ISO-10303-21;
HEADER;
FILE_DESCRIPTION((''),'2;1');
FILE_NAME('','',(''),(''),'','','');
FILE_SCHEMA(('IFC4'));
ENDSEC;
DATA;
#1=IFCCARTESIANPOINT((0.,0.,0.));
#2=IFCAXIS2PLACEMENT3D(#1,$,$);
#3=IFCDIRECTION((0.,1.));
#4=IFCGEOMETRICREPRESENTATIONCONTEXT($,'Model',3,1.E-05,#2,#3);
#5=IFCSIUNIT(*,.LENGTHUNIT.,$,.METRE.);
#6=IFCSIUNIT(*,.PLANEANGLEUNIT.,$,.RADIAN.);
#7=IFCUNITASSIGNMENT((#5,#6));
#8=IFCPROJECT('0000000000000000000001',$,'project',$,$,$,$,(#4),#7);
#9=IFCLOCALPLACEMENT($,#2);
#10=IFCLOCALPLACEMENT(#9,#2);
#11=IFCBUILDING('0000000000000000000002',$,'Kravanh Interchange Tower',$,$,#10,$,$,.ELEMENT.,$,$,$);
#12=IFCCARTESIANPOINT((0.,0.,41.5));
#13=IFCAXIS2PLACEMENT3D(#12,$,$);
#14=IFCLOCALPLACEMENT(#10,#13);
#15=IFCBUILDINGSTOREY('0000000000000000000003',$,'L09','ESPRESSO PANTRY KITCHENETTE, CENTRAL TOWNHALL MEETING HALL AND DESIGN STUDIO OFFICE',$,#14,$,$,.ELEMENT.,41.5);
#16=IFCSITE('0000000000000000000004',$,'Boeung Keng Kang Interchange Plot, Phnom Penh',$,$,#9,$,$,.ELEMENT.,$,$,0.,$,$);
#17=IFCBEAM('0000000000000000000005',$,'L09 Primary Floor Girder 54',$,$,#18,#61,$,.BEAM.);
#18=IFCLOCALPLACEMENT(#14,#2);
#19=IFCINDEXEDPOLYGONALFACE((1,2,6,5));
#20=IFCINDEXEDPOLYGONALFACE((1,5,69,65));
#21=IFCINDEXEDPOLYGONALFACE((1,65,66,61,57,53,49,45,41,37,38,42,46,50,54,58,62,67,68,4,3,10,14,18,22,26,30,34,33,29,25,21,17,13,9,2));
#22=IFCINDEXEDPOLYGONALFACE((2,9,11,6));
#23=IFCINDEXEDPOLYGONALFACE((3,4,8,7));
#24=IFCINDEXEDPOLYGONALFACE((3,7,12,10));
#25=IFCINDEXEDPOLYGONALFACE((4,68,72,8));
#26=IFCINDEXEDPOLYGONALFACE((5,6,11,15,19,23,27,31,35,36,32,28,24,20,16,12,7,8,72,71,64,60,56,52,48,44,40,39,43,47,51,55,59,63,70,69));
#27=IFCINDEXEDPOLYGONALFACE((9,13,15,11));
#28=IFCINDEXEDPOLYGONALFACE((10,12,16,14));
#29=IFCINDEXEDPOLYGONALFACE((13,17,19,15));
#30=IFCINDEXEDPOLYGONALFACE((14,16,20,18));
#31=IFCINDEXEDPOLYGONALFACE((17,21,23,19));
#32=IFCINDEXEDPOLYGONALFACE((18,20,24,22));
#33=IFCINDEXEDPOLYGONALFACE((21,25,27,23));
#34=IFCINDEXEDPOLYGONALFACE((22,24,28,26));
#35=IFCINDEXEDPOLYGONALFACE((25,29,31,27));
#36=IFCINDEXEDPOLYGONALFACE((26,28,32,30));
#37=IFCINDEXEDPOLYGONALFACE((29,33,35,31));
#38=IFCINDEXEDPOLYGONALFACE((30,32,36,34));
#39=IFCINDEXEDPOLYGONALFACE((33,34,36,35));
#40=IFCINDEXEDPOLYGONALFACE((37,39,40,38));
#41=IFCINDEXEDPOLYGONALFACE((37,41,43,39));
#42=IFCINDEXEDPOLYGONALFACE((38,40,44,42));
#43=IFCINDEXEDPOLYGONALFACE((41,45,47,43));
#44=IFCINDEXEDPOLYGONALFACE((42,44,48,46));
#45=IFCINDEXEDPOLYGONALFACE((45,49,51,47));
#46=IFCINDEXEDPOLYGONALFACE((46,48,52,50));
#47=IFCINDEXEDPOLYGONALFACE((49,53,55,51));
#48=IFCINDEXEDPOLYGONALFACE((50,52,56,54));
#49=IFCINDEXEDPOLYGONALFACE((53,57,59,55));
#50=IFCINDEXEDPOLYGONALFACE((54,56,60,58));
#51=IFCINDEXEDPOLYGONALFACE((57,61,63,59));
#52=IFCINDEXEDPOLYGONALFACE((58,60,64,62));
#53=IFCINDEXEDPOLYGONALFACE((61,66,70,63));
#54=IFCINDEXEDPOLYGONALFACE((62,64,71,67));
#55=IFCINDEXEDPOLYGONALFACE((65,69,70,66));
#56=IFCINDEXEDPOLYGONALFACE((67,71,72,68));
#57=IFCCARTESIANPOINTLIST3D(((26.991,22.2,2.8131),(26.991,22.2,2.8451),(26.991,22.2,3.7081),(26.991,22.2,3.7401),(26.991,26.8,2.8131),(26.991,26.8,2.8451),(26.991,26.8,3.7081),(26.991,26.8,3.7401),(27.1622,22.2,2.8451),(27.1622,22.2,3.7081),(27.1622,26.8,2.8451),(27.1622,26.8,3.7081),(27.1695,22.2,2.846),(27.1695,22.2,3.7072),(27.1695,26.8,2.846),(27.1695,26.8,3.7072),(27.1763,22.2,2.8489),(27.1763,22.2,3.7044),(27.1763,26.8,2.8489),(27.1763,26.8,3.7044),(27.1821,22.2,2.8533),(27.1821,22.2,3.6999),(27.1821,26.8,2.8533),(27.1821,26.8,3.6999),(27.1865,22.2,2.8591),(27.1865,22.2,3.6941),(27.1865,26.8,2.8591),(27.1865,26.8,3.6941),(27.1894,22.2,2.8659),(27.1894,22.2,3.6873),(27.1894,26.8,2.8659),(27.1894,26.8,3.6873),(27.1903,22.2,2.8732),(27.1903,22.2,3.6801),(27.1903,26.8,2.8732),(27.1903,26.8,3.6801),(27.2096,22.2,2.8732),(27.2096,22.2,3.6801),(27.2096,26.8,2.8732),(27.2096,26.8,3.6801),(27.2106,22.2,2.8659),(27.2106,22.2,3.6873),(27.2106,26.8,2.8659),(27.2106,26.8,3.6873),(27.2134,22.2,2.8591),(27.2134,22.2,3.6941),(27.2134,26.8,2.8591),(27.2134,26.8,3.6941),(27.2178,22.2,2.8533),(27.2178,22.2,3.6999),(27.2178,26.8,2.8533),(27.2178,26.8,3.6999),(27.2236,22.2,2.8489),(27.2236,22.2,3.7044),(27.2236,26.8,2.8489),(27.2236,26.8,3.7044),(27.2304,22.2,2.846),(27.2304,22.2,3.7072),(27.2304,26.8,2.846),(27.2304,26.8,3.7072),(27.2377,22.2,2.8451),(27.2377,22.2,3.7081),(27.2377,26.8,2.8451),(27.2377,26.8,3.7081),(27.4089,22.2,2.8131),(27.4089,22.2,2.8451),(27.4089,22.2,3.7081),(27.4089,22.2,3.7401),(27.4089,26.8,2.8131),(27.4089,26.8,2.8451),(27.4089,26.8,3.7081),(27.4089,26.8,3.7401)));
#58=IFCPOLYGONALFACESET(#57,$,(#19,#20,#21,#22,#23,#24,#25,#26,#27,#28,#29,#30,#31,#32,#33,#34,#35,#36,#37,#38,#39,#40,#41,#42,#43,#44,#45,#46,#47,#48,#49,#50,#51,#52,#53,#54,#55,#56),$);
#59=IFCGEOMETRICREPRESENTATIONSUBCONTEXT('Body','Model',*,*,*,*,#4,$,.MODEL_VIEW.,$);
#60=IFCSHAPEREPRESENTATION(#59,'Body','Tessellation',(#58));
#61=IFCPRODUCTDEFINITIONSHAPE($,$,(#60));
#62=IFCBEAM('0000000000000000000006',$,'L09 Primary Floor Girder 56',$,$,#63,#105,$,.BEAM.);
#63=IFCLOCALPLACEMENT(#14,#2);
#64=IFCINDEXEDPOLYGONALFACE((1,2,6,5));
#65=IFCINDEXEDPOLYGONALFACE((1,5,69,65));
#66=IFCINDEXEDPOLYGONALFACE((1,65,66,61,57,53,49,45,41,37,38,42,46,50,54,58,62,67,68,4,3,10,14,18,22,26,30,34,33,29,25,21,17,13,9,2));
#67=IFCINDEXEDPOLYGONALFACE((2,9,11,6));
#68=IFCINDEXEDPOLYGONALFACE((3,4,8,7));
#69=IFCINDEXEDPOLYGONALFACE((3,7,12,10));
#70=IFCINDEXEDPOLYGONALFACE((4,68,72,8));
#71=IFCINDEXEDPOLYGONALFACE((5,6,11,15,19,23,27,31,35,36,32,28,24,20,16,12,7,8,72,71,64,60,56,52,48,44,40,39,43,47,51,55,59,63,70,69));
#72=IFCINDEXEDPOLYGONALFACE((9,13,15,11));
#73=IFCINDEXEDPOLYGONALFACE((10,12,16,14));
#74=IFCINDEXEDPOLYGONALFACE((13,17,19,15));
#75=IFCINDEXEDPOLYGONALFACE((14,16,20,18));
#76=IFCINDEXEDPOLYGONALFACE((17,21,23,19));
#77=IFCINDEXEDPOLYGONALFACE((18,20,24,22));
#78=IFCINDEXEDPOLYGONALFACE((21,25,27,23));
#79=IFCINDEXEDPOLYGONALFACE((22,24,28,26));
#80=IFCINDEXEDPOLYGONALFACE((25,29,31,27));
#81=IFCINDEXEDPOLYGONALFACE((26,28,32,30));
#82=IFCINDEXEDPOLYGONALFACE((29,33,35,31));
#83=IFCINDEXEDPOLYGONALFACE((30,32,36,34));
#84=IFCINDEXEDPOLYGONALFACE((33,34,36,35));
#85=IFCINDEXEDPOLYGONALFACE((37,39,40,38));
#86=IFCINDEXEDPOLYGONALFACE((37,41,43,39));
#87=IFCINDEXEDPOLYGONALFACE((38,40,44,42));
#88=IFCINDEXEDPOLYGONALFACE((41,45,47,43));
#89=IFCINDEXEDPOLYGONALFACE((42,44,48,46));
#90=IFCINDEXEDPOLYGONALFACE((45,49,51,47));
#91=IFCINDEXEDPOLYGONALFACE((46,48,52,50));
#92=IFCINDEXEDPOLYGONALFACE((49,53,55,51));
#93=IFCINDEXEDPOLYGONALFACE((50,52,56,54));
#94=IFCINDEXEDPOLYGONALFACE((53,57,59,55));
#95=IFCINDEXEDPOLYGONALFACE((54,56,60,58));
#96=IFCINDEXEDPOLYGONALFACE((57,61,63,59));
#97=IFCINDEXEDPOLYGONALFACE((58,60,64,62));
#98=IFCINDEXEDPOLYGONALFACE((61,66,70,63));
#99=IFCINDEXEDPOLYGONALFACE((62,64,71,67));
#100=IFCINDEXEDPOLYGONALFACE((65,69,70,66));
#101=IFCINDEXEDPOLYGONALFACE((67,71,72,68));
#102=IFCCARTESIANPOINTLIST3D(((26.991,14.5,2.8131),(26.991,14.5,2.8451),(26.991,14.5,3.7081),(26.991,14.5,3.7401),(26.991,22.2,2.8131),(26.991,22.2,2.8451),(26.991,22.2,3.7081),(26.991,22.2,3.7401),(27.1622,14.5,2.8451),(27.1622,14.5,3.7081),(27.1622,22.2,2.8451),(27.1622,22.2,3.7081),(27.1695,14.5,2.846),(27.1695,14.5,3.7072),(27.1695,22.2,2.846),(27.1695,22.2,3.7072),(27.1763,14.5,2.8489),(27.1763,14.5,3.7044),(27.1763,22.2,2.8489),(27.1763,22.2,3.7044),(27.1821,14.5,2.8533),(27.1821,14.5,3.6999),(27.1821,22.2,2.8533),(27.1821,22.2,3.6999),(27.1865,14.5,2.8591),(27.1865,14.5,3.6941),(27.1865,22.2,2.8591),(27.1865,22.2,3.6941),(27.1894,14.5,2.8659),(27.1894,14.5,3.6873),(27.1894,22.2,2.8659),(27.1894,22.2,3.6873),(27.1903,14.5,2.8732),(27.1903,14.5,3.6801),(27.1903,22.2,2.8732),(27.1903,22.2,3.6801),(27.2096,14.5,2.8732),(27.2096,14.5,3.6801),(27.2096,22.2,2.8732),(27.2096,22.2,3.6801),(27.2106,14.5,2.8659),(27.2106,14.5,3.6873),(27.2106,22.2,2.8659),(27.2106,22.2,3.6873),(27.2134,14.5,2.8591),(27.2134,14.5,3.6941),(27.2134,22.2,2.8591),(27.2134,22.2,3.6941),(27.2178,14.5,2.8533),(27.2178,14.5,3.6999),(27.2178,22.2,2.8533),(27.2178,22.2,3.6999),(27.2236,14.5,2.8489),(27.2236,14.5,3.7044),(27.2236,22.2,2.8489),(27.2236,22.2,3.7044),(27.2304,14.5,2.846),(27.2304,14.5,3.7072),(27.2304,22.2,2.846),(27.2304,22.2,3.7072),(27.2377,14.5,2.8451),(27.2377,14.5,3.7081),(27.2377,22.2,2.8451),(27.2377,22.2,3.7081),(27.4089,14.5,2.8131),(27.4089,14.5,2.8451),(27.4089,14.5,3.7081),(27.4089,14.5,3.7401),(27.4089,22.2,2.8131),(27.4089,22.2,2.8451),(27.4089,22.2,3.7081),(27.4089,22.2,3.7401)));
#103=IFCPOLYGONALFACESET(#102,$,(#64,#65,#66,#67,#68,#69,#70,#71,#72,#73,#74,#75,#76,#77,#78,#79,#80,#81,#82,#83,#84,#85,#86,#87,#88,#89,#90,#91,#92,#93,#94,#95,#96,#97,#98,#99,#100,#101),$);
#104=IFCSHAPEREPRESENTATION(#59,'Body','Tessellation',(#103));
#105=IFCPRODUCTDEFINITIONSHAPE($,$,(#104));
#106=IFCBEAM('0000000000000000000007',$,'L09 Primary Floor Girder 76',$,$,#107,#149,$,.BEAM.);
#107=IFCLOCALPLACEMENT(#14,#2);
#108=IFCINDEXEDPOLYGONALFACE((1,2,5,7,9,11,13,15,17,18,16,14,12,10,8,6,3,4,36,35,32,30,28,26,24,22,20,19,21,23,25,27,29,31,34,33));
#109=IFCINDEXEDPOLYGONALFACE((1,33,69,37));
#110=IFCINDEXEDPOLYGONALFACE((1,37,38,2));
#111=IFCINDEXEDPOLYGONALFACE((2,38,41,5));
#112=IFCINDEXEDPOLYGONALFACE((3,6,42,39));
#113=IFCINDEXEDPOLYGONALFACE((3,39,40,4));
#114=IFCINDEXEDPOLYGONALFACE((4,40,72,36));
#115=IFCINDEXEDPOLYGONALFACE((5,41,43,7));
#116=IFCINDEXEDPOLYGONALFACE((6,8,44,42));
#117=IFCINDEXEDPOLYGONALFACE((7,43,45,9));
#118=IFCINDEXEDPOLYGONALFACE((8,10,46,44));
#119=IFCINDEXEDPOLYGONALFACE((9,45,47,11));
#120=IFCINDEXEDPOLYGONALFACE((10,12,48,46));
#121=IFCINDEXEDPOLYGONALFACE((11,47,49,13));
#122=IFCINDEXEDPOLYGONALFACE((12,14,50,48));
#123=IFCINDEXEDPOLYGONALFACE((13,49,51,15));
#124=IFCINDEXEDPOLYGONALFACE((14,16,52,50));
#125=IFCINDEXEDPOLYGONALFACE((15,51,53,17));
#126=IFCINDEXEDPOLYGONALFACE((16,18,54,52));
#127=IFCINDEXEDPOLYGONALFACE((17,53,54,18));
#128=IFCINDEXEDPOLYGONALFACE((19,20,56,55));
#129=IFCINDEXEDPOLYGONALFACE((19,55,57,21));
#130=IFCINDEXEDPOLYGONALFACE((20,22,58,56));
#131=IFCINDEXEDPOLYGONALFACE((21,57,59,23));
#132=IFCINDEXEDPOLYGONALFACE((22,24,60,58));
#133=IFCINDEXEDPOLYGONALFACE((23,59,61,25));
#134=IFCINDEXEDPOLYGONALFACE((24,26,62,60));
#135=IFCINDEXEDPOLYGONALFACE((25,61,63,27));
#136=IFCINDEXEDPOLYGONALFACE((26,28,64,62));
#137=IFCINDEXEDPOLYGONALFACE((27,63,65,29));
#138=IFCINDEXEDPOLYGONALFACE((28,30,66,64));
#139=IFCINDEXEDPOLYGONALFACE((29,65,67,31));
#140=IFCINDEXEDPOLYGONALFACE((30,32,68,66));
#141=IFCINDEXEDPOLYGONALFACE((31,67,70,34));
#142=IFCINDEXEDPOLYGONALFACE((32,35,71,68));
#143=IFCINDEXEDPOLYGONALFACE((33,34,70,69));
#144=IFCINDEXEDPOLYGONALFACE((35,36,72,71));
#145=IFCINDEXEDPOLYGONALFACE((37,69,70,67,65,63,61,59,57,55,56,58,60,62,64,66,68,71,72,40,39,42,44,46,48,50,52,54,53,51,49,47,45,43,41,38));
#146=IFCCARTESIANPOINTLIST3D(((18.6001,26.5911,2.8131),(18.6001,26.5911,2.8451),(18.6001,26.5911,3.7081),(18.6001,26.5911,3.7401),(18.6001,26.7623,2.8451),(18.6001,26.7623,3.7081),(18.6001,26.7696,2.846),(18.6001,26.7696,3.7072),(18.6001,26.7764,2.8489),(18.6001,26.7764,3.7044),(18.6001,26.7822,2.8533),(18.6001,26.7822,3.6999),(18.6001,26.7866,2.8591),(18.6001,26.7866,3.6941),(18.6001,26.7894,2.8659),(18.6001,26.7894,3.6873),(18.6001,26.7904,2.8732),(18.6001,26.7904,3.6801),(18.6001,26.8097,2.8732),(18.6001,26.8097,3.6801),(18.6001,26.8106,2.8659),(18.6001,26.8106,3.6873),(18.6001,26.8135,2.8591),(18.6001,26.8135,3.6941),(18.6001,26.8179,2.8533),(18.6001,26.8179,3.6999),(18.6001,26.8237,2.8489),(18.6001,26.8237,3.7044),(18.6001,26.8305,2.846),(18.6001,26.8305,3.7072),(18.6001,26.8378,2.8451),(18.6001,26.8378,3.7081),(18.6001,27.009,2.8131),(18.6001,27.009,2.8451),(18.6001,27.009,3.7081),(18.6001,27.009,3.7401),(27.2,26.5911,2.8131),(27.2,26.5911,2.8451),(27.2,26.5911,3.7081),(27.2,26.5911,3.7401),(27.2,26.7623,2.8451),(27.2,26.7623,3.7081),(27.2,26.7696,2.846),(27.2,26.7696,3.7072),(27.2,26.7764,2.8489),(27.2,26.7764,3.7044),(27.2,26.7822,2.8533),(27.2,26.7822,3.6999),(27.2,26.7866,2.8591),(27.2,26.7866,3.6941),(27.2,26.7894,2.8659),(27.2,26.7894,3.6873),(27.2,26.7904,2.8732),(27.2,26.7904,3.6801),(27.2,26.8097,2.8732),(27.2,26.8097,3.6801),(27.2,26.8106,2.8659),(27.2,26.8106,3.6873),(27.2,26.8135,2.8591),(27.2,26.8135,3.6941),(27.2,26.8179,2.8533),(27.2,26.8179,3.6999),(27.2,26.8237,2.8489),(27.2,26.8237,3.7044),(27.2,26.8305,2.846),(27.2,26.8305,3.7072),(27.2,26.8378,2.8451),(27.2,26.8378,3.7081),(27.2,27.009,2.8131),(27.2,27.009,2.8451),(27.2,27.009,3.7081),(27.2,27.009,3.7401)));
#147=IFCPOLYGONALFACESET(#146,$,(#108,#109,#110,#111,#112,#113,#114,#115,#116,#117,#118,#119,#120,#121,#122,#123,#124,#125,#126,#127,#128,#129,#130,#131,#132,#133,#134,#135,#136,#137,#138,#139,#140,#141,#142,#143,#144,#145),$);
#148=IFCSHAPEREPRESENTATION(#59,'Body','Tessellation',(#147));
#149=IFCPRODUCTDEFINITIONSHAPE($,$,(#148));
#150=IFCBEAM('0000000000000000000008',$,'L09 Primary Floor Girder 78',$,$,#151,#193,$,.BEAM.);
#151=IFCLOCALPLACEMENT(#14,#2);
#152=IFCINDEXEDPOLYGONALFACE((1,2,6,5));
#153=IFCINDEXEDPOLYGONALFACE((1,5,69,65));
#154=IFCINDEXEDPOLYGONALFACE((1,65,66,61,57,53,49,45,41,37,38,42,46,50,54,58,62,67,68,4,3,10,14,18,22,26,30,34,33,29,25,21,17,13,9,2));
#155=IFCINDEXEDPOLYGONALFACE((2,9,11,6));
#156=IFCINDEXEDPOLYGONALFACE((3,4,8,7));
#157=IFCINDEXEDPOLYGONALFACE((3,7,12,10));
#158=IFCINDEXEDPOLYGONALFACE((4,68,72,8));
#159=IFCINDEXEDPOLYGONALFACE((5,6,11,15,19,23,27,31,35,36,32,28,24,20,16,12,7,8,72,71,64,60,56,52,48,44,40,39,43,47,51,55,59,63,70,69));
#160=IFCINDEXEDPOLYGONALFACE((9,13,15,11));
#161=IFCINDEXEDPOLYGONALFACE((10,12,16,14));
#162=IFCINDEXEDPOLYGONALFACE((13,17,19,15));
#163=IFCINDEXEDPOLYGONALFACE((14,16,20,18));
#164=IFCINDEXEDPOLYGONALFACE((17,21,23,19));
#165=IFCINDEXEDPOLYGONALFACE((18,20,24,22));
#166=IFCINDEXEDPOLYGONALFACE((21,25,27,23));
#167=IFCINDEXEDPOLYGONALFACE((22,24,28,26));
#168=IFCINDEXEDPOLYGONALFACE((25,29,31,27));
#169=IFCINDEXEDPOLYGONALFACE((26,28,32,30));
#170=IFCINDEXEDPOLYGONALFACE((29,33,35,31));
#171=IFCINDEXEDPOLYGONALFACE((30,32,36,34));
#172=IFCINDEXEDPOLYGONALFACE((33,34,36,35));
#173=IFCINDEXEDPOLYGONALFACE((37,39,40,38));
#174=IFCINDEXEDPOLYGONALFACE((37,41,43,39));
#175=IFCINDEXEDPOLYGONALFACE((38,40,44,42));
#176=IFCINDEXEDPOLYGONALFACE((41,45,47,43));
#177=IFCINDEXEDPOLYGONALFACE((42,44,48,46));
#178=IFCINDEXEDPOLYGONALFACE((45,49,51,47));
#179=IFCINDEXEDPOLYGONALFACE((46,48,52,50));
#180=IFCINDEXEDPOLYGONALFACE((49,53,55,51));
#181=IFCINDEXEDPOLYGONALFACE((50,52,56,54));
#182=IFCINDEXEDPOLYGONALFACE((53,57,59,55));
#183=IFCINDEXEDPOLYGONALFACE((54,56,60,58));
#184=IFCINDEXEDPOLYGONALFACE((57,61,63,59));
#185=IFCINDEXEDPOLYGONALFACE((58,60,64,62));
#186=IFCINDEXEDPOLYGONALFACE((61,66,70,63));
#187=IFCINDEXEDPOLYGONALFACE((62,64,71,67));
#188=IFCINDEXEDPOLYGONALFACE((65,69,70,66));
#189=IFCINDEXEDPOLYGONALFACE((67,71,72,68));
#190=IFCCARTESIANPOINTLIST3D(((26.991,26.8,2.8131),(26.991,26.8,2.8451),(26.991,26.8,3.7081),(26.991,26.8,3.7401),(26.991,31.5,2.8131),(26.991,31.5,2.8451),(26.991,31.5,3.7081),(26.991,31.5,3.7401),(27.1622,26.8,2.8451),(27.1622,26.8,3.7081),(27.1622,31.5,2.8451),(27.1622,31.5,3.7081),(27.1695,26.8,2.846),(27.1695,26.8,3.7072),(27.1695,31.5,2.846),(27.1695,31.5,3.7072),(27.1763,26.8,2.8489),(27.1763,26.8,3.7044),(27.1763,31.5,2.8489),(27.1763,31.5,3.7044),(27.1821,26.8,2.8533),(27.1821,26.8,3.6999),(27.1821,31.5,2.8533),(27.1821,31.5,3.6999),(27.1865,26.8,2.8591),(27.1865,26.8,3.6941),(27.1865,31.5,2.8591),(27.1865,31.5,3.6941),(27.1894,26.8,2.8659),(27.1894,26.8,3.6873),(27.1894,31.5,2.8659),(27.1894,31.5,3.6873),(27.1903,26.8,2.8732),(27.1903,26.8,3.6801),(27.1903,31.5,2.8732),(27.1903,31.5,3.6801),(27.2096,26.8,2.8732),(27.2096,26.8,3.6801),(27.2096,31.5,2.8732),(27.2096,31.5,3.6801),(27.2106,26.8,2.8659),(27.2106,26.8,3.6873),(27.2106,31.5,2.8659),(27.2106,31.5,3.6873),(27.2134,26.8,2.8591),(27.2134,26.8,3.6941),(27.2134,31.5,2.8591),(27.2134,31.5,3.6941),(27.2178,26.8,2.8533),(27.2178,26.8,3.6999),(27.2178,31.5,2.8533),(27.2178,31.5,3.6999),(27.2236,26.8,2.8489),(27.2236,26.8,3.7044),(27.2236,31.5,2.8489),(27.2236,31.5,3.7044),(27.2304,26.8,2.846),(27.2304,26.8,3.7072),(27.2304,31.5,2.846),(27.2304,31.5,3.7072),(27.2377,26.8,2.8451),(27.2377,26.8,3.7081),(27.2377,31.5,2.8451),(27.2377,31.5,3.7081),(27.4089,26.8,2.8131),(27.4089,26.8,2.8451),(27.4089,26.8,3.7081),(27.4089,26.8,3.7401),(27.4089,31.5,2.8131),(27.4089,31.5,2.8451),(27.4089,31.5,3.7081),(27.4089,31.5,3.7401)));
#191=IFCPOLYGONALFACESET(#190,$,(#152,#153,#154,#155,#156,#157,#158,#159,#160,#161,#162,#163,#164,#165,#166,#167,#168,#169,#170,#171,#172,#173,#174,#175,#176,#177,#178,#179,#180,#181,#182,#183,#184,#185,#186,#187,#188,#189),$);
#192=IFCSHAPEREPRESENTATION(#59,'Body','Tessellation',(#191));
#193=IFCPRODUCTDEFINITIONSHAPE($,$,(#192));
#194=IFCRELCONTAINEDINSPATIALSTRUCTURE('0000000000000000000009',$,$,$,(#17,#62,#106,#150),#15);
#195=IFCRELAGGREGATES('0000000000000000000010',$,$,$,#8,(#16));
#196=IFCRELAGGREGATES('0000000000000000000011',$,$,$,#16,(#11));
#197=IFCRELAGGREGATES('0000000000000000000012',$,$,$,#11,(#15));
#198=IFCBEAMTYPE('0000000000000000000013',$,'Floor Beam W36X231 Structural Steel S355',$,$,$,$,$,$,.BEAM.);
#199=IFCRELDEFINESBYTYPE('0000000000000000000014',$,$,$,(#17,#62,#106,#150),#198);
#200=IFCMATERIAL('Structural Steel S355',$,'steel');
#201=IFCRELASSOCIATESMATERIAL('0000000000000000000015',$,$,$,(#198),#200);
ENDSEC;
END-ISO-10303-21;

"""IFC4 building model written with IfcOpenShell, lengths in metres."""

from ifc_helpers import new_model, si_unit, direction, frame, origin, origin_2d, place, context, subcontext, project, spatial, i_section, extrude, material, material_profile, profile_set, type_object, element, save


model = new_model("IFC4")

# Units and contexts
model_context = context("Model", 3, precision=1e-05, world=origin(), true_north=direction((0.0, 1.0)))
body_context = subcontext(model_context, "Body", "Model", "MODEL_VIEW")
ifc_project = project(units=[si_unit("LENGTHUNIT", "METRE"), si_unit("PLANEANGLEUNIT", "RADIAN")], contexts=[model_context])

# Site, building, storey
site_placement = place(None, origin())
site = spatial("IfcSite", under=ifc_project, at=site_placement, Name="Boeung Keng Kang Interchange Plot, Phnom Penh", CompositionType="ELEMENT", RefElevation=0.0)
building_placement = place(site_placement, origin())
building = spatial("IfcBuilding", under=site, at=building_placement, Name="Kravanh Interchange Tower", CompositionType="ELEMENT")
storey_placement = place(building_placement, frame((0.0, 0.0, 41.5)))
storey = spatial("IfcBuildingStorey", under=building, at=storey_placement, Name="L09", Description="ESPRESSO PANTRY KITCHENETTE, CENTRAL TOWNHALL MEETING HALL AND DESIGN STUDIO OFFICE", CompositionType="ELEMENT", Elevation=41.5)

# Beams
ifc_material_1 = material(Name="Structural Steel S355", Category="steel")
ifc_material_profile_1 = material_profile(ifc_material_1, i_section(OverallWidth=0.418, OverallDepth=0.927, WebThickness=0.0193, FlangeThickness=0.032, FilletRadius=0.0281, at=origin_2d()), Name="W36X231")
ifc_profile_set_1 = profile_set([ifc_material_profile_1], Name="Structural Steel S355")
beam_type_1 = type_object("IfcBeamType", Name="Floor Beam W36X231 Structural Steel S355", PredefinedType="BEAM", material=ifc_profile_set_1)
beam_1_placement = place(storey_placement, frame((27.2, 22.2, 3.2766), z_axis=(0.0, 1.0, 0.0), x_axis=(-1.0, 0.0, 0.0)))
element("IfcBeam", 1, at=beam_1_placement, inside=storey, type_object=beam_type_1, Name="L09 Primary Floor Girder 54", PredefinedType="BEAM", context=body_context, shape_type="SweptSolid", body=[
    extrude(i_section(OverallWidth=0.418, OverallDepth=0.927, WebThickness=0.0193, FlangeThickness=0.032, FilletRadius=0.0281, at=origin_2d()), origin(), (0.0, 0.0, 1.0), 4.6001),
])
beam_2_placement = place(storey_placement, frame((27.2, 22.2, 3.2766), z_axis=(0.0, -1.0, 0.0), x_axis=(1.0, 0.0, 0.0)))
element("IfcBeam", 2, at=beam_2_placement, inside=storey, type_object=beam_type_1, Name="L09 Primary Floor Girder 56", PredefinedType="BEAM", context=body_context, shape_type="SweptSolid", body=[
    extrude(i_section(OverallWidth=0.418, OverallDepth=0.927, WebThickness=0.0193, FlangeThickness=0.032, FilletRadius=0.0281, at=origin_2d()), origin(), (0.0, 0.0, 1.0), 7.7),
])
beam_3_placement = place(storey_placement, frame((18.6001, 26.8, 3.2766), z_axis=(1.0, 0.0, 0.0), x_axis=(0.0, 1.0, 0.0)))
element("IfcBeam", 3, at=beam_3_placement, inside=storey, type_object=beam_type_1, Name="L09 Primary Floor Girder 76", PredefinedType="BEAM", context=body_context, shape_type="SweptSolid", body=[
    extrude(i_section(OverallWidth=0.418, OverallDepth=0.927, WebThickness=0.0193, FlangeThickness=0.032, FilletRadius=0.0281, at=origin_2d()), origin(), (0.0, 0.0, 1.0), 8.5999),
])
beam_4_placement = place(storey_placement, frame((27.2, 26.8, 3.2766), z_axis=(0.0, 1.0, 0.0), x_axis=(-1.0, 0.0, 0.0)))
element("IfcBeam", 4, at=beam_4_placement, inside=storey, type_object=beam_type_1, Name="L09 Primary Floor Girder 78", PredefinedType="BEAM", context=body_context, shape_type="SweptSolid", body=[
    extrude(i_section(OverallWidth=0.418, OverallDepth=0.927, WebThickness=0.0193, FlangeThickness=0.032, FilletRadius=0.0281, at=origin_2d()), origin(), (0.0, 0.0, 1.0), 4.7),
])

save(model, "model.ifc")
